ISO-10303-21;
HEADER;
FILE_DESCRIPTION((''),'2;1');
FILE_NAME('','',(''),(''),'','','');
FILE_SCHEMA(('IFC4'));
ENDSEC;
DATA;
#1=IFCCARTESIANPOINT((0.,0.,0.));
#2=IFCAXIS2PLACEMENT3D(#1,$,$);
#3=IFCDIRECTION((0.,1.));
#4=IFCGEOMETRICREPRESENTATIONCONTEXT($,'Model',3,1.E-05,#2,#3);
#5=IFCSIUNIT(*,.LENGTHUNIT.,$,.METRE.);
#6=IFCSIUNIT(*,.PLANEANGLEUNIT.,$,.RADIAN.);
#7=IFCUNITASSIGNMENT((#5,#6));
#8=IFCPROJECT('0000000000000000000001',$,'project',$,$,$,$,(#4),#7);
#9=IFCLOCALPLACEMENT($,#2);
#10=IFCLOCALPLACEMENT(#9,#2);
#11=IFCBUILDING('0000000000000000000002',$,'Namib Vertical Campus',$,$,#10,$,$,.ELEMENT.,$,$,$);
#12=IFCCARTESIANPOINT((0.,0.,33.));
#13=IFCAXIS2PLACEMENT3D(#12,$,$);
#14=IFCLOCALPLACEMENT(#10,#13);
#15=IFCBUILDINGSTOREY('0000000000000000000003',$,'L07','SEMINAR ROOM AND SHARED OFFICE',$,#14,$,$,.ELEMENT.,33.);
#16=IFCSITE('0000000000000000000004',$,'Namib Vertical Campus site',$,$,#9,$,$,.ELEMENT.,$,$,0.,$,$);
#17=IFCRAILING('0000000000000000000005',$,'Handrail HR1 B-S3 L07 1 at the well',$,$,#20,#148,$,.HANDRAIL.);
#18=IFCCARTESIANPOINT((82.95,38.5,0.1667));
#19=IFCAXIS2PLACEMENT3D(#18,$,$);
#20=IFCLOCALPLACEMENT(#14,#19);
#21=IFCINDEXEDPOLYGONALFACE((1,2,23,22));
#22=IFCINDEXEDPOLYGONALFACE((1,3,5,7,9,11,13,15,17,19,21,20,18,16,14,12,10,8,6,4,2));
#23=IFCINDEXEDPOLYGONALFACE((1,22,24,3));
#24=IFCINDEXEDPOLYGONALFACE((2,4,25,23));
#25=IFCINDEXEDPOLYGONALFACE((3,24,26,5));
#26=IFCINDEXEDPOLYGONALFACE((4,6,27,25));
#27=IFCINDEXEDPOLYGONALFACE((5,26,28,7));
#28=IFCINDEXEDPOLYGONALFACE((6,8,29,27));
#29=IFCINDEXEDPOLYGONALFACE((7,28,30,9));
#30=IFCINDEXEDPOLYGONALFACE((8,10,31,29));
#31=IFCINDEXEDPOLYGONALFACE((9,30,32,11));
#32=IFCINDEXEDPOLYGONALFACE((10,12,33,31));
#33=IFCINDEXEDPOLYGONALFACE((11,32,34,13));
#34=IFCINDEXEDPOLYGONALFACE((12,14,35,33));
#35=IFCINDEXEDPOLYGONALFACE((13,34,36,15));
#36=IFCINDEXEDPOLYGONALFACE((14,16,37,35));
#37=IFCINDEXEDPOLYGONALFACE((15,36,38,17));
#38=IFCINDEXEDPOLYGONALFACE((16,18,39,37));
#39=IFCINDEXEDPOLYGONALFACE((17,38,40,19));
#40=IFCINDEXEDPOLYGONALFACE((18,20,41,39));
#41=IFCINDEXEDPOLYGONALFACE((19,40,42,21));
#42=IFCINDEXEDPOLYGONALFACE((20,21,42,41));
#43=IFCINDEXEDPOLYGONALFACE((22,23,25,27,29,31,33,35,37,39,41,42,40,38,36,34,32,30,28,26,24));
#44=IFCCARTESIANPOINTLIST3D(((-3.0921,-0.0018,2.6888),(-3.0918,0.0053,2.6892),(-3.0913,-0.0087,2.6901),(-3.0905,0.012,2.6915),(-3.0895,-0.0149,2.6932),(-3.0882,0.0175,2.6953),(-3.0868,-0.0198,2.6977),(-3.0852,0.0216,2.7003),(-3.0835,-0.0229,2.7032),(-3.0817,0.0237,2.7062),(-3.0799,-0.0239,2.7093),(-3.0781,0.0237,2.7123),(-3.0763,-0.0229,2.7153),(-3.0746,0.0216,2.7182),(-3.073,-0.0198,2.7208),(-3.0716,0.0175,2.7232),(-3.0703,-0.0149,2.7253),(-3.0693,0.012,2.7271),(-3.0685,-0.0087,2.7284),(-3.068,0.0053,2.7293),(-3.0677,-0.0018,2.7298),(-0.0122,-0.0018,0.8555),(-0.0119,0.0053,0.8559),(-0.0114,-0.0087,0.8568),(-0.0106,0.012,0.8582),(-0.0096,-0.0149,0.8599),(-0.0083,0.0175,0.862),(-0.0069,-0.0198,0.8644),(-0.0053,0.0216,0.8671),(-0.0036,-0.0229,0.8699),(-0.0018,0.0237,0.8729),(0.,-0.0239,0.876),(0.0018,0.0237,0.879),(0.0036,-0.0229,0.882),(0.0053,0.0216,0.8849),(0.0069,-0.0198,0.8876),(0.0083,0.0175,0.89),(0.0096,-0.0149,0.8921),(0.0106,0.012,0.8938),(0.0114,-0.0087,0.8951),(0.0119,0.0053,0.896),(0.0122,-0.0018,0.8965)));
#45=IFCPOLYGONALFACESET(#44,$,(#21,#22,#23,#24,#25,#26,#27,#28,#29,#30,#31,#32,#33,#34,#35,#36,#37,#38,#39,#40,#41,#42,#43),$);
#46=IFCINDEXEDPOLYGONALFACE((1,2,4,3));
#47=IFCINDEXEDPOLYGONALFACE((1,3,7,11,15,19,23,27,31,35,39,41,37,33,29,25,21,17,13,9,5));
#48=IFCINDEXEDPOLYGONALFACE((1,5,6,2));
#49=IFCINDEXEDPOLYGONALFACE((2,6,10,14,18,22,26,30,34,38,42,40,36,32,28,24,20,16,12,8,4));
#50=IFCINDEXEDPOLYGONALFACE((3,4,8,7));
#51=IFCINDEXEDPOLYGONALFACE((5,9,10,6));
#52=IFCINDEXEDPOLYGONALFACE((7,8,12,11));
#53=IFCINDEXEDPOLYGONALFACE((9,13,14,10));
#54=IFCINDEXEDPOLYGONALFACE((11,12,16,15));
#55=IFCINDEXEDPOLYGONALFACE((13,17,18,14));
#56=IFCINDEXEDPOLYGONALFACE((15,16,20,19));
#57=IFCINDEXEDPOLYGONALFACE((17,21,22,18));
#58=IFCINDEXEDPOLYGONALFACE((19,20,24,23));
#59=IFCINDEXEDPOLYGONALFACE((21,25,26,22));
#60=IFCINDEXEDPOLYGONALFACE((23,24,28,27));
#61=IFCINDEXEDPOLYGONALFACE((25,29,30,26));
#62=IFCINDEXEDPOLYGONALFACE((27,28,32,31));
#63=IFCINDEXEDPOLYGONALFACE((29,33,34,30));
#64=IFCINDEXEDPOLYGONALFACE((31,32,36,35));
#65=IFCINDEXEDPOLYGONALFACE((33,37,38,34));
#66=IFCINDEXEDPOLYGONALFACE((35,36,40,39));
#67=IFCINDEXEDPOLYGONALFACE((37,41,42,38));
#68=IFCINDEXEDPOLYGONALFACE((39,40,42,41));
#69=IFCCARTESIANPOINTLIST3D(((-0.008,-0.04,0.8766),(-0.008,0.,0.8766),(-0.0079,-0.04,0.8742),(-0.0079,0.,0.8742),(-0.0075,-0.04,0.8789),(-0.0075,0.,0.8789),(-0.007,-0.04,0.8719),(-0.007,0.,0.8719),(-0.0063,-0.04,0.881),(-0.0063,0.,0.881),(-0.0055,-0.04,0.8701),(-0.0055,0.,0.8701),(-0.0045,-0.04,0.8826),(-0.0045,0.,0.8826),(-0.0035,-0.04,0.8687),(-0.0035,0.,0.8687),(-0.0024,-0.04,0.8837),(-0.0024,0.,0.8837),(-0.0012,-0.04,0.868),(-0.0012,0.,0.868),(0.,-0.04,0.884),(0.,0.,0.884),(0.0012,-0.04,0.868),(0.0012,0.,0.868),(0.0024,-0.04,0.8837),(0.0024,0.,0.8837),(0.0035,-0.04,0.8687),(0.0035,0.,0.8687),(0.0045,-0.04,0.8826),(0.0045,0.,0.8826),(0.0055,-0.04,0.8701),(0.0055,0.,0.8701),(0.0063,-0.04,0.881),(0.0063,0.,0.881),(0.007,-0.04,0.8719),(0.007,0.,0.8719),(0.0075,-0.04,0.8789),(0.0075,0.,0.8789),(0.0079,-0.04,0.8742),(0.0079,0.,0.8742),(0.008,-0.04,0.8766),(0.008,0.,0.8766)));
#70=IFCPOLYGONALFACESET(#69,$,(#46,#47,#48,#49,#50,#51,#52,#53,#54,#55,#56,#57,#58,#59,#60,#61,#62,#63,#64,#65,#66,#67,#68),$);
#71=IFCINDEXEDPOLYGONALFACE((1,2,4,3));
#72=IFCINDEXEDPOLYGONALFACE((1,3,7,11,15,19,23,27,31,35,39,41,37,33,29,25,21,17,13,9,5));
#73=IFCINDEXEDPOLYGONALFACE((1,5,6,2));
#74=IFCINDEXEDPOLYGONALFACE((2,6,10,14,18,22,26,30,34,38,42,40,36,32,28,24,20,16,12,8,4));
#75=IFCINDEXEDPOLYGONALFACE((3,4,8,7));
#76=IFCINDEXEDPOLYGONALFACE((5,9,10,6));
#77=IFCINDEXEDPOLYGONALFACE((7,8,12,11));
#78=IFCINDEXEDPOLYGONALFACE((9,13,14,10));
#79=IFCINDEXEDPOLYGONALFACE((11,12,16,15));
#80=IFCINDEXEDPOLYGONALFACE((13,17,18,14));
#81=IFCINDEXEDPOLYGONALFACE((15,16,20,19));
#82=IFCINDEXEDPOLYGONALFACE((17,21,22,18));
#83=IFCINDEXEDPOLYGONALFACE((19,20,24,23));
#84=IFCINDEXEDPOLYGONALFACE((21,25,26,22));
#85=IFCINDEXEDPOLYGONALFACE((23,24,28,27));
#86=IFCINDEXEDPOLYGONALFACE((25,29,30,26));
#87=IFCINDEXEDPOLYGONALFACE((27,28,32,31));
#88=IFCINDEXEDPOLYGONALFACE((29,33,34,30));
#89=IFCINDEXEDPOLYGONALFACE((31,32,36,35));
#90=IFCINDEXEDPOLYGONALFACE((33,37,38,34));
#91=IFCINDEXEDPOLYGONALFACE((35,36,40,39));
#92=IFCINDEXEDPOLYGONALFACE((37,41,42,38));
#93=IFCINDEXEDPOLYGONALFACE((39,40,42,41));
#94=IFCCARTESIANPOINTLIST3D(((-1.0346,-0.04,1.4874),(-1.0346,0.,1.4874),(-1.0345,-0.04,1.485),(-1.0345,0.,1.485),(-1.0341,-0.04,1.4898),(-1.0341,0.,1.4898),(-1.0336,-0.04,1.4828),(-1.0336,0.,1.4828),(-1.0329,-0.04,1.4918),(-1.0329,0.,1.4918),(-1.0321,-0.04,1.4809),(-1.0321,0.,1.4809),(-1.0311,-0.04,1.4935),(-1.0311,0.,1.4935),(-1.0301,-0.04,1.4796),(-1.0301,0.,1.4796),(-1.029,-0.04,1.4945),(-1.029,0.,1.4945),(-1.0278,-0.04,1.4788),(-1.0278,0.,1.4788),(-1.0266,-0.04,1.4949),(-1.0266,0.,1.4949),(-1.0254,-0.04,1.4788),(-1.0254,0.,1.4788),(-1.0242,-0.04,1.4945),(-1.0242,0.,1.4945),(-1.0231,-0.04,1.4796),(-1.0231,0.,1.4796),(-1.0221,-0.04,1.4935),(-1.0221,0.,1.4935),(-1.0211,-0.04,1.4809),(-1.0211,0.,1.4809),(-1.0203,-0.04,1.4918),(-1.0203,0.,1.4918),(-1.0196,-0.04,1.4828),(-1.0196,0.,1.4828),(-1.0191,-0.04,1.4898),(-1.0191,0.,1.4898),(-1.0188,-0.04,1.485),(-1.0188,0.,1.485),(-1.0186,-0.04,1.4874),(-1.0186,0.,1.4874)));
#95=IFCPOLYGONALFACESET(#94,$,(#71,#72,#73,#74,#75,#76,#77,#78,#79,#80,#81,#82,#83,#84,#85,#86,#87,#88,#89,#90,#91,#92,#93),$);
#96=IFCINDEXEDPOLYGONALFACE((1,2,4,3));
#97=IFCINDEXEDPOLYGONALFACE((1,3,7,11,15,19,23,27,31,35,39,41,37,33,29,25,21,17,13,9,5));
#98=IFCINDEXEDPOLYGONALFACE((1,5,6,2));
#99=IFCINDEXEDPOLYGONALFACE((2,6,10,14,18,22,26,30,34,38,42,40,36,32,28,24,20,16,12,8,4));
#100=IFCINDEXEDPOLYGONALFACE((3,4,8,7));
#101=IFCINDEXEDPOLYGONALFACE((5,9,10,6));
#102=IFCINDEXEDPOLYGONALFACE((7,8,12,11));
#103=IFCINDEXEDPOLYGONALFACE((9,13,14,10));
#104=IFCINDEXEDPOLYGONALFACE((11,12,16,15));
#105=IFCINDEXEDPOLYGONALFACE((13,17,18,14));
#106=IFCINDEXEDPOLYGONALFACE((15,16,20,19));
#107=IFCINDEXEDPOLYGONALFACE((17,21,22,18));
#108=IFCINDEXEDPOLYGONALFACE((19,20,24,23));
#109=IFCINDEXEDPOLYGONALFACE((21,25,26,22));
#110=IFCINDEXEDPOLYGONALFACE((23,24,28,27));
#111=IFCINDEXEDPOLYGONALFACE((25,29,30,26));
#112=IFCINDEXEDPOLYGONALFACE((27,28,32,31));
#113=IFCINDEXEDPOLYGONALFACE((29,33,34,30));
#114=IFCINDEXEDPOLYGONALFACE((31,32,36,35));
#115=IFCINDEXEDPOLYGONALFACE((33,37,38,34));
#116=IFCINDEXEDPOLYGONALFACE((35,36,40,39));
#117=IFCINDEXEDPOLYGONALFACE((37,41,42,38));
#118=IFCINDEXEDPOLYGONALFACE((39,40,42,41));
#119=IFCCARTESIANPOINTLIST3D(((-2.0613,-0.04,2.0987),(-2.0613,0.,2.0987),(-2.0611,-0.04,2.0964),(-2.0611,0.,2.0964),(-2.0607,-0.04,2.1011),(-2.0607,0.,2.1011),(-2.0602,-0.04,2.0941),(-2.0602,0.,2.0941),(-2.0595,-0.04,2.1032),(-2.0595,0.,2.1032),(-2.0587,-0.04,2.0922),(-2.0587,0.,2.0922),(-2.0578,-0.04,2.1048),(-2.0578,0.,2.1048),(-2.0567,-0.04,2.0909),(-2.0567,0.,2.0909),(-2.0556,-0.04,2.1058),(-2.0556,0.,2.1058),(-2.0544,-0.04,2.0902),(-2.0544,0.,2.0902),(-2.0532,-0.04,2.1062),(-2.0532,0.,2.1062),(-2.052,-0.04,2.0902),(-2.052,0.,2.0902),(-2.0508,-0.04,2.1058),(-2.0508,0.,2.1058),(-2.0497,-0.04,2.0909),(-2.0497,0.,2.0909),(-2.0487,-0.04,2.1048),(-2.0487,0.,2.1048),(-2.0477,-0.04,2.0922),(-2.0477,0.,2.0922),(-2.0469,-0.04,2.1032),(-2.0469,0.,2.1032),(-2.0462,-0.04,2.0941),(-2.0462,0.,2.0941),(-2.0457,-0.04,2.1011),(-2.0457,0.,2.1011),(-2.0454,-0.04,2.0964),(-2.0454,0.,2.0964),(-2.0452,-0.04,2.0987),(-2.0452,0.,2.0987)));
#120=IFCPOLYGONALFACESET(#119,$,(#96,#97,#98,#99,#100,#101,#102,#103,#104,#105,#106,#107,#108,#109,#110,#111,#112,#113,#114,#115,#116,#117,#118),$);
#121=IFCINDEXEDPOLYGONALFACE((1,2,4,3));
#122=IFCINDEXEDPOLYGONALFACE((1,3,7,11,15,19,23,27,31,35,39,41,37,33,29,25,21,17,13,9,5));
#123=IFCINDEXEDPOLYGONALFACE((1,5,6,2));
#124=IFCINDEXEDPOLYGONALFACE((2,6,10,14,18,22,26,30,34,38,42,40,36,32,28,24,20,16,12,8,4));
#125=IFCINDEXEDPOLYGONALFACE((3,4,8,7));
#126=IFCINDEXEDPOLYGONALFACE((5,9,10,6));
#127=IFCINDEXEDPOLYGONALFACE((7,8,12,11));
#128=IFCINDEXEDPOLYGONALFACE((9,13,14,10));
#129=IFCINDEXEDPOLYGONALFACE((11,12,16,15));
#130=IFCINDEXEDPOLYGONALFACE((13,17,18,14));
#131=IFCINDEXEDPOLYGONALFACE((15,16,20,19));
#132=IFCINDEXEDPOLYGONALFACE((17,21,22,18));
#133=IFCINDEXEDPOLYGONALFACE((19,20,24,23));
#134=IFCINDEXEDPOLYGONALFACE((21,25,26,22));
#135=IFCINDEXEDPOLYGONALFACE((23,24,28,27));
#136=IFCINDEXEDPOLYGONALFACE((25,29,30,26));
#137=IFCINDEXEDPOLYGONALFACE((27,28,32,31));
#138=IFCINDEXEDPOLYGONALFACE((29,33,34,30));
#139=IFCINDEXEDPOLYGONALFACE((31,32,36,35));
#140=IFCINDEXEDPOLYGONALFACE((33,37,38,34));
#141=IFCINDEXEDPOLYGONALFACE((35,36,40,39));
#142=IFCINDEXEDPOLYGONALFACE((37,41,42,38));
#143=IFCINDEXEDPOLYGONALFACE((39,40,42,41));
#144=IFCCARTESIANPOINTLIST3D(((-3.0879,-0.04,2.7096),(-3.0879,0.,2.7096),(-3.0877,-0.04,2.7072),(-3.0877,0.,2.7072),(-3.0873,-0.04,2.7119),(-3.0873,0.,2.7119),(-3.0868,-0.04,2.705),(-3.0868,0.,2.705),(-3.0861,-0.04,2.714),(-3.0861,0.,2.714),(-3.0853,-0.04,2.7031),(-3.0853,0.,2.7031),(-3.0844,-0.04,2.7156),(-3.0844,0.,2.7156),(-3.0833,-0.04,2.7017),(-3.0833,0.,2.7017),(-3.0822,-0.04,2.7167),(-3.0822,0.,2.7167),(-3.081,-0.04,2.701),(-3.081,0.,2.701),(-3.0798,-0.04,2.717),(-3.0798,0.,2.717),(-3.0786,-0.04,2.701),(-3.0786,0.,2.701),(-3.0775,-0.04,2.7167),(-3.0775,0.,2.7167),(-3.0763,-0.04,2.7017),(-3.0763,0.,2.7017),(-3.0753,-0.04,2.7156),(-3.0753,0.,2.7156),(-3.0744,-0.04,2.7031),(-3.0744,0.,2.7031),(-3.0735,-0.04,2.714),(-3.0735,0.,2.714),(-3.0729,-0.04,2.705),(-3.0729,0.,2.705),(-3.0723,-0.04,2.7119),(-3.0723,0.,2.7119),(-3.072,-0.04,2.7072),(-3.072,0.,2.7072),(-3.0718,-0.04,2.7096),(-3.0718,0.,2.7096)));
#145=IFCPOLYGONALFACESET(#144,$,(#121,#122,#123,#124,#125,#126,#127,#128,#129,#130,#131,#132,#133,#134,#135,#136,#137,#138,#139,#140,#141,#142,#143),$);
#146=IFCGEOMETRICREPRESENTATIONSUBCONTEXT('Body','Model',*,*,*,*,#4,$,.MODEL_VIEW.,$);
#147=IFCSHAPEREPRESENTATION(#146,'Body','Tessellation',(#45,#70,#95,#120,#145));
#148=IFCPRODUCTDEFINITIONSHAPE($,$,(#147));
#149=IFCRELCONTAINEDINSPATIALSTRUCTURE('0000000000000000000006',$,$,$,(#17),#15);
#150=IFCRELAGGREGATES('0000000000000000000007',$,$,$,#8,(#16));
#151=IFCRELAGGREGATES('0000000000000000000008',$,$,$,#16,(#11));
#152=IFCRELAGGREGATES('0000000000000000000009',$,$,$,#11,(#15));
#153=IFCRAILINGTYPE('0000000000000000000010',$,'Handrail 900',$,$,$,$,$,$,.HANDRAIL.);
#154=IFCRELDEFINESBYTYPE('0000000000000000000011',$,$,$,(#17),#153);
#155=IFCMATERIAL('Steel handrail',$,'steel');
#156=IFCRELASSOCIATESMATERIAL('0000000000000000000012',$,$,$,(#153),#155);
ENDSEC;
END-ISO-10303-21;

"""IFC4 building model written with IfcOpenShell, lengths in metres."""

from ifc_helpers import new_model, si_unit, direction, frame, origin, origin_2d, place, context, subcontext, project, spatial, circle, extrude, material, type_object, element, save


model = new_model("IFC4")

# Units and contexts
model_context = context("Model", 3, precision=1e-05, world=origin(), true_north=direction((0.0, 1.0)))
body_context = subcontext(model_context, "Body", "Model", "MODEL_VIEW")
ifc_project = project(units=[si_unit("LENGTHUNIT", "METRE"), si_unit("PLANEANGLEUNIT", "RADIAN")], contexts=[model_context])

# Site, building, storey
site_placement = place(None, origin())
site = spatial("IfcSite", under=ifc_project, at=site_placement, Name="Namib Vertical Campus site", CompositionType="ELEMENT", RefElevation=0.0)
building_placement = place(site_placement, origin())
building = spatial("IfcBuilding", under=site, at=building_placement, Name="Namib Vertical Campus", CompositionType="ELEMENT")
storey_placement = place(building_placement, frame((0.0, 0.0, 33.0)))
storey = spatial("IfcBuildingStorey", under=building, at=storey_placement, Name="L07", Description="SEMINAR ROOM AND SHARED OFFICE", CompositionType="ELEMENT", Elevation=33.0)

# Railing
ifc_material_1 = material(Name="Steel handrail", Category="steel")
railing_type_1 = type_object("IfcRailingType", Name="Handrail 900", PredefinedType="HANDRAIL", material=ifc_material_1)
railing_1_placement = place(storey_placement, frame((82.95, 38.5, 0.1667)))
element("IfcRailing", 1, at=railing_1_placement, inside=storey, type_object=railing_type_1, Name="Handrail HR1 B-S3 L07 1 at the well", PredefinedType="HANDRAIL", context=body_context, shape_type="SweptSolid", body=[
    extrude(circle(Radius=0.0239, at=origin_2d()), frame((0.0, 0.0, 0.876), z_axis=(-0.859291, 0.0, 0.511487), x_axis=(0.0, -1.0, 0.0)), (0.0, 0.0, 1.0), 3.5842),
    extrude(circle(Radius=0.0081, at=origin_2d()), frame((0.0, 0.0, 0.876), z_axis=(0.0, -1.0, 0.0), x_axis=(0.0, 0.0, 1.0)), (0.0, 0.0, 1.0), 0.04),
    extrude(circle(Radius=0.0081, at=origin_2d()), frame((-1.0266, 0.0, 1.4868), z_axis=(0.0, -1.0, 0.0), x_axis=(0.0, 0.0, 1.0)), (0.0, 0.0, 1.0), 0.04),
    extrude(circle(Radius=0.0081, at=origin_2d()), frame((-2.0532, 0.0, 2.0981), z_axis=(0.0, -1.0, 0.0), x_axis=(0.0, 0.0, 1.0)), (0.0, 0.0, 1.0), 0.04),
    extrude(circle(Radius=0.0081, at=origin_2d()), frame((-3.0798, 0.0, 2.709), z_axis=(0.0, -1.0, 0.0), x_axis=(0.0, 0.0, 1.0)), (0.0, 0.0, 1.0), 0.04),
])

save(model, "model.ifc")
